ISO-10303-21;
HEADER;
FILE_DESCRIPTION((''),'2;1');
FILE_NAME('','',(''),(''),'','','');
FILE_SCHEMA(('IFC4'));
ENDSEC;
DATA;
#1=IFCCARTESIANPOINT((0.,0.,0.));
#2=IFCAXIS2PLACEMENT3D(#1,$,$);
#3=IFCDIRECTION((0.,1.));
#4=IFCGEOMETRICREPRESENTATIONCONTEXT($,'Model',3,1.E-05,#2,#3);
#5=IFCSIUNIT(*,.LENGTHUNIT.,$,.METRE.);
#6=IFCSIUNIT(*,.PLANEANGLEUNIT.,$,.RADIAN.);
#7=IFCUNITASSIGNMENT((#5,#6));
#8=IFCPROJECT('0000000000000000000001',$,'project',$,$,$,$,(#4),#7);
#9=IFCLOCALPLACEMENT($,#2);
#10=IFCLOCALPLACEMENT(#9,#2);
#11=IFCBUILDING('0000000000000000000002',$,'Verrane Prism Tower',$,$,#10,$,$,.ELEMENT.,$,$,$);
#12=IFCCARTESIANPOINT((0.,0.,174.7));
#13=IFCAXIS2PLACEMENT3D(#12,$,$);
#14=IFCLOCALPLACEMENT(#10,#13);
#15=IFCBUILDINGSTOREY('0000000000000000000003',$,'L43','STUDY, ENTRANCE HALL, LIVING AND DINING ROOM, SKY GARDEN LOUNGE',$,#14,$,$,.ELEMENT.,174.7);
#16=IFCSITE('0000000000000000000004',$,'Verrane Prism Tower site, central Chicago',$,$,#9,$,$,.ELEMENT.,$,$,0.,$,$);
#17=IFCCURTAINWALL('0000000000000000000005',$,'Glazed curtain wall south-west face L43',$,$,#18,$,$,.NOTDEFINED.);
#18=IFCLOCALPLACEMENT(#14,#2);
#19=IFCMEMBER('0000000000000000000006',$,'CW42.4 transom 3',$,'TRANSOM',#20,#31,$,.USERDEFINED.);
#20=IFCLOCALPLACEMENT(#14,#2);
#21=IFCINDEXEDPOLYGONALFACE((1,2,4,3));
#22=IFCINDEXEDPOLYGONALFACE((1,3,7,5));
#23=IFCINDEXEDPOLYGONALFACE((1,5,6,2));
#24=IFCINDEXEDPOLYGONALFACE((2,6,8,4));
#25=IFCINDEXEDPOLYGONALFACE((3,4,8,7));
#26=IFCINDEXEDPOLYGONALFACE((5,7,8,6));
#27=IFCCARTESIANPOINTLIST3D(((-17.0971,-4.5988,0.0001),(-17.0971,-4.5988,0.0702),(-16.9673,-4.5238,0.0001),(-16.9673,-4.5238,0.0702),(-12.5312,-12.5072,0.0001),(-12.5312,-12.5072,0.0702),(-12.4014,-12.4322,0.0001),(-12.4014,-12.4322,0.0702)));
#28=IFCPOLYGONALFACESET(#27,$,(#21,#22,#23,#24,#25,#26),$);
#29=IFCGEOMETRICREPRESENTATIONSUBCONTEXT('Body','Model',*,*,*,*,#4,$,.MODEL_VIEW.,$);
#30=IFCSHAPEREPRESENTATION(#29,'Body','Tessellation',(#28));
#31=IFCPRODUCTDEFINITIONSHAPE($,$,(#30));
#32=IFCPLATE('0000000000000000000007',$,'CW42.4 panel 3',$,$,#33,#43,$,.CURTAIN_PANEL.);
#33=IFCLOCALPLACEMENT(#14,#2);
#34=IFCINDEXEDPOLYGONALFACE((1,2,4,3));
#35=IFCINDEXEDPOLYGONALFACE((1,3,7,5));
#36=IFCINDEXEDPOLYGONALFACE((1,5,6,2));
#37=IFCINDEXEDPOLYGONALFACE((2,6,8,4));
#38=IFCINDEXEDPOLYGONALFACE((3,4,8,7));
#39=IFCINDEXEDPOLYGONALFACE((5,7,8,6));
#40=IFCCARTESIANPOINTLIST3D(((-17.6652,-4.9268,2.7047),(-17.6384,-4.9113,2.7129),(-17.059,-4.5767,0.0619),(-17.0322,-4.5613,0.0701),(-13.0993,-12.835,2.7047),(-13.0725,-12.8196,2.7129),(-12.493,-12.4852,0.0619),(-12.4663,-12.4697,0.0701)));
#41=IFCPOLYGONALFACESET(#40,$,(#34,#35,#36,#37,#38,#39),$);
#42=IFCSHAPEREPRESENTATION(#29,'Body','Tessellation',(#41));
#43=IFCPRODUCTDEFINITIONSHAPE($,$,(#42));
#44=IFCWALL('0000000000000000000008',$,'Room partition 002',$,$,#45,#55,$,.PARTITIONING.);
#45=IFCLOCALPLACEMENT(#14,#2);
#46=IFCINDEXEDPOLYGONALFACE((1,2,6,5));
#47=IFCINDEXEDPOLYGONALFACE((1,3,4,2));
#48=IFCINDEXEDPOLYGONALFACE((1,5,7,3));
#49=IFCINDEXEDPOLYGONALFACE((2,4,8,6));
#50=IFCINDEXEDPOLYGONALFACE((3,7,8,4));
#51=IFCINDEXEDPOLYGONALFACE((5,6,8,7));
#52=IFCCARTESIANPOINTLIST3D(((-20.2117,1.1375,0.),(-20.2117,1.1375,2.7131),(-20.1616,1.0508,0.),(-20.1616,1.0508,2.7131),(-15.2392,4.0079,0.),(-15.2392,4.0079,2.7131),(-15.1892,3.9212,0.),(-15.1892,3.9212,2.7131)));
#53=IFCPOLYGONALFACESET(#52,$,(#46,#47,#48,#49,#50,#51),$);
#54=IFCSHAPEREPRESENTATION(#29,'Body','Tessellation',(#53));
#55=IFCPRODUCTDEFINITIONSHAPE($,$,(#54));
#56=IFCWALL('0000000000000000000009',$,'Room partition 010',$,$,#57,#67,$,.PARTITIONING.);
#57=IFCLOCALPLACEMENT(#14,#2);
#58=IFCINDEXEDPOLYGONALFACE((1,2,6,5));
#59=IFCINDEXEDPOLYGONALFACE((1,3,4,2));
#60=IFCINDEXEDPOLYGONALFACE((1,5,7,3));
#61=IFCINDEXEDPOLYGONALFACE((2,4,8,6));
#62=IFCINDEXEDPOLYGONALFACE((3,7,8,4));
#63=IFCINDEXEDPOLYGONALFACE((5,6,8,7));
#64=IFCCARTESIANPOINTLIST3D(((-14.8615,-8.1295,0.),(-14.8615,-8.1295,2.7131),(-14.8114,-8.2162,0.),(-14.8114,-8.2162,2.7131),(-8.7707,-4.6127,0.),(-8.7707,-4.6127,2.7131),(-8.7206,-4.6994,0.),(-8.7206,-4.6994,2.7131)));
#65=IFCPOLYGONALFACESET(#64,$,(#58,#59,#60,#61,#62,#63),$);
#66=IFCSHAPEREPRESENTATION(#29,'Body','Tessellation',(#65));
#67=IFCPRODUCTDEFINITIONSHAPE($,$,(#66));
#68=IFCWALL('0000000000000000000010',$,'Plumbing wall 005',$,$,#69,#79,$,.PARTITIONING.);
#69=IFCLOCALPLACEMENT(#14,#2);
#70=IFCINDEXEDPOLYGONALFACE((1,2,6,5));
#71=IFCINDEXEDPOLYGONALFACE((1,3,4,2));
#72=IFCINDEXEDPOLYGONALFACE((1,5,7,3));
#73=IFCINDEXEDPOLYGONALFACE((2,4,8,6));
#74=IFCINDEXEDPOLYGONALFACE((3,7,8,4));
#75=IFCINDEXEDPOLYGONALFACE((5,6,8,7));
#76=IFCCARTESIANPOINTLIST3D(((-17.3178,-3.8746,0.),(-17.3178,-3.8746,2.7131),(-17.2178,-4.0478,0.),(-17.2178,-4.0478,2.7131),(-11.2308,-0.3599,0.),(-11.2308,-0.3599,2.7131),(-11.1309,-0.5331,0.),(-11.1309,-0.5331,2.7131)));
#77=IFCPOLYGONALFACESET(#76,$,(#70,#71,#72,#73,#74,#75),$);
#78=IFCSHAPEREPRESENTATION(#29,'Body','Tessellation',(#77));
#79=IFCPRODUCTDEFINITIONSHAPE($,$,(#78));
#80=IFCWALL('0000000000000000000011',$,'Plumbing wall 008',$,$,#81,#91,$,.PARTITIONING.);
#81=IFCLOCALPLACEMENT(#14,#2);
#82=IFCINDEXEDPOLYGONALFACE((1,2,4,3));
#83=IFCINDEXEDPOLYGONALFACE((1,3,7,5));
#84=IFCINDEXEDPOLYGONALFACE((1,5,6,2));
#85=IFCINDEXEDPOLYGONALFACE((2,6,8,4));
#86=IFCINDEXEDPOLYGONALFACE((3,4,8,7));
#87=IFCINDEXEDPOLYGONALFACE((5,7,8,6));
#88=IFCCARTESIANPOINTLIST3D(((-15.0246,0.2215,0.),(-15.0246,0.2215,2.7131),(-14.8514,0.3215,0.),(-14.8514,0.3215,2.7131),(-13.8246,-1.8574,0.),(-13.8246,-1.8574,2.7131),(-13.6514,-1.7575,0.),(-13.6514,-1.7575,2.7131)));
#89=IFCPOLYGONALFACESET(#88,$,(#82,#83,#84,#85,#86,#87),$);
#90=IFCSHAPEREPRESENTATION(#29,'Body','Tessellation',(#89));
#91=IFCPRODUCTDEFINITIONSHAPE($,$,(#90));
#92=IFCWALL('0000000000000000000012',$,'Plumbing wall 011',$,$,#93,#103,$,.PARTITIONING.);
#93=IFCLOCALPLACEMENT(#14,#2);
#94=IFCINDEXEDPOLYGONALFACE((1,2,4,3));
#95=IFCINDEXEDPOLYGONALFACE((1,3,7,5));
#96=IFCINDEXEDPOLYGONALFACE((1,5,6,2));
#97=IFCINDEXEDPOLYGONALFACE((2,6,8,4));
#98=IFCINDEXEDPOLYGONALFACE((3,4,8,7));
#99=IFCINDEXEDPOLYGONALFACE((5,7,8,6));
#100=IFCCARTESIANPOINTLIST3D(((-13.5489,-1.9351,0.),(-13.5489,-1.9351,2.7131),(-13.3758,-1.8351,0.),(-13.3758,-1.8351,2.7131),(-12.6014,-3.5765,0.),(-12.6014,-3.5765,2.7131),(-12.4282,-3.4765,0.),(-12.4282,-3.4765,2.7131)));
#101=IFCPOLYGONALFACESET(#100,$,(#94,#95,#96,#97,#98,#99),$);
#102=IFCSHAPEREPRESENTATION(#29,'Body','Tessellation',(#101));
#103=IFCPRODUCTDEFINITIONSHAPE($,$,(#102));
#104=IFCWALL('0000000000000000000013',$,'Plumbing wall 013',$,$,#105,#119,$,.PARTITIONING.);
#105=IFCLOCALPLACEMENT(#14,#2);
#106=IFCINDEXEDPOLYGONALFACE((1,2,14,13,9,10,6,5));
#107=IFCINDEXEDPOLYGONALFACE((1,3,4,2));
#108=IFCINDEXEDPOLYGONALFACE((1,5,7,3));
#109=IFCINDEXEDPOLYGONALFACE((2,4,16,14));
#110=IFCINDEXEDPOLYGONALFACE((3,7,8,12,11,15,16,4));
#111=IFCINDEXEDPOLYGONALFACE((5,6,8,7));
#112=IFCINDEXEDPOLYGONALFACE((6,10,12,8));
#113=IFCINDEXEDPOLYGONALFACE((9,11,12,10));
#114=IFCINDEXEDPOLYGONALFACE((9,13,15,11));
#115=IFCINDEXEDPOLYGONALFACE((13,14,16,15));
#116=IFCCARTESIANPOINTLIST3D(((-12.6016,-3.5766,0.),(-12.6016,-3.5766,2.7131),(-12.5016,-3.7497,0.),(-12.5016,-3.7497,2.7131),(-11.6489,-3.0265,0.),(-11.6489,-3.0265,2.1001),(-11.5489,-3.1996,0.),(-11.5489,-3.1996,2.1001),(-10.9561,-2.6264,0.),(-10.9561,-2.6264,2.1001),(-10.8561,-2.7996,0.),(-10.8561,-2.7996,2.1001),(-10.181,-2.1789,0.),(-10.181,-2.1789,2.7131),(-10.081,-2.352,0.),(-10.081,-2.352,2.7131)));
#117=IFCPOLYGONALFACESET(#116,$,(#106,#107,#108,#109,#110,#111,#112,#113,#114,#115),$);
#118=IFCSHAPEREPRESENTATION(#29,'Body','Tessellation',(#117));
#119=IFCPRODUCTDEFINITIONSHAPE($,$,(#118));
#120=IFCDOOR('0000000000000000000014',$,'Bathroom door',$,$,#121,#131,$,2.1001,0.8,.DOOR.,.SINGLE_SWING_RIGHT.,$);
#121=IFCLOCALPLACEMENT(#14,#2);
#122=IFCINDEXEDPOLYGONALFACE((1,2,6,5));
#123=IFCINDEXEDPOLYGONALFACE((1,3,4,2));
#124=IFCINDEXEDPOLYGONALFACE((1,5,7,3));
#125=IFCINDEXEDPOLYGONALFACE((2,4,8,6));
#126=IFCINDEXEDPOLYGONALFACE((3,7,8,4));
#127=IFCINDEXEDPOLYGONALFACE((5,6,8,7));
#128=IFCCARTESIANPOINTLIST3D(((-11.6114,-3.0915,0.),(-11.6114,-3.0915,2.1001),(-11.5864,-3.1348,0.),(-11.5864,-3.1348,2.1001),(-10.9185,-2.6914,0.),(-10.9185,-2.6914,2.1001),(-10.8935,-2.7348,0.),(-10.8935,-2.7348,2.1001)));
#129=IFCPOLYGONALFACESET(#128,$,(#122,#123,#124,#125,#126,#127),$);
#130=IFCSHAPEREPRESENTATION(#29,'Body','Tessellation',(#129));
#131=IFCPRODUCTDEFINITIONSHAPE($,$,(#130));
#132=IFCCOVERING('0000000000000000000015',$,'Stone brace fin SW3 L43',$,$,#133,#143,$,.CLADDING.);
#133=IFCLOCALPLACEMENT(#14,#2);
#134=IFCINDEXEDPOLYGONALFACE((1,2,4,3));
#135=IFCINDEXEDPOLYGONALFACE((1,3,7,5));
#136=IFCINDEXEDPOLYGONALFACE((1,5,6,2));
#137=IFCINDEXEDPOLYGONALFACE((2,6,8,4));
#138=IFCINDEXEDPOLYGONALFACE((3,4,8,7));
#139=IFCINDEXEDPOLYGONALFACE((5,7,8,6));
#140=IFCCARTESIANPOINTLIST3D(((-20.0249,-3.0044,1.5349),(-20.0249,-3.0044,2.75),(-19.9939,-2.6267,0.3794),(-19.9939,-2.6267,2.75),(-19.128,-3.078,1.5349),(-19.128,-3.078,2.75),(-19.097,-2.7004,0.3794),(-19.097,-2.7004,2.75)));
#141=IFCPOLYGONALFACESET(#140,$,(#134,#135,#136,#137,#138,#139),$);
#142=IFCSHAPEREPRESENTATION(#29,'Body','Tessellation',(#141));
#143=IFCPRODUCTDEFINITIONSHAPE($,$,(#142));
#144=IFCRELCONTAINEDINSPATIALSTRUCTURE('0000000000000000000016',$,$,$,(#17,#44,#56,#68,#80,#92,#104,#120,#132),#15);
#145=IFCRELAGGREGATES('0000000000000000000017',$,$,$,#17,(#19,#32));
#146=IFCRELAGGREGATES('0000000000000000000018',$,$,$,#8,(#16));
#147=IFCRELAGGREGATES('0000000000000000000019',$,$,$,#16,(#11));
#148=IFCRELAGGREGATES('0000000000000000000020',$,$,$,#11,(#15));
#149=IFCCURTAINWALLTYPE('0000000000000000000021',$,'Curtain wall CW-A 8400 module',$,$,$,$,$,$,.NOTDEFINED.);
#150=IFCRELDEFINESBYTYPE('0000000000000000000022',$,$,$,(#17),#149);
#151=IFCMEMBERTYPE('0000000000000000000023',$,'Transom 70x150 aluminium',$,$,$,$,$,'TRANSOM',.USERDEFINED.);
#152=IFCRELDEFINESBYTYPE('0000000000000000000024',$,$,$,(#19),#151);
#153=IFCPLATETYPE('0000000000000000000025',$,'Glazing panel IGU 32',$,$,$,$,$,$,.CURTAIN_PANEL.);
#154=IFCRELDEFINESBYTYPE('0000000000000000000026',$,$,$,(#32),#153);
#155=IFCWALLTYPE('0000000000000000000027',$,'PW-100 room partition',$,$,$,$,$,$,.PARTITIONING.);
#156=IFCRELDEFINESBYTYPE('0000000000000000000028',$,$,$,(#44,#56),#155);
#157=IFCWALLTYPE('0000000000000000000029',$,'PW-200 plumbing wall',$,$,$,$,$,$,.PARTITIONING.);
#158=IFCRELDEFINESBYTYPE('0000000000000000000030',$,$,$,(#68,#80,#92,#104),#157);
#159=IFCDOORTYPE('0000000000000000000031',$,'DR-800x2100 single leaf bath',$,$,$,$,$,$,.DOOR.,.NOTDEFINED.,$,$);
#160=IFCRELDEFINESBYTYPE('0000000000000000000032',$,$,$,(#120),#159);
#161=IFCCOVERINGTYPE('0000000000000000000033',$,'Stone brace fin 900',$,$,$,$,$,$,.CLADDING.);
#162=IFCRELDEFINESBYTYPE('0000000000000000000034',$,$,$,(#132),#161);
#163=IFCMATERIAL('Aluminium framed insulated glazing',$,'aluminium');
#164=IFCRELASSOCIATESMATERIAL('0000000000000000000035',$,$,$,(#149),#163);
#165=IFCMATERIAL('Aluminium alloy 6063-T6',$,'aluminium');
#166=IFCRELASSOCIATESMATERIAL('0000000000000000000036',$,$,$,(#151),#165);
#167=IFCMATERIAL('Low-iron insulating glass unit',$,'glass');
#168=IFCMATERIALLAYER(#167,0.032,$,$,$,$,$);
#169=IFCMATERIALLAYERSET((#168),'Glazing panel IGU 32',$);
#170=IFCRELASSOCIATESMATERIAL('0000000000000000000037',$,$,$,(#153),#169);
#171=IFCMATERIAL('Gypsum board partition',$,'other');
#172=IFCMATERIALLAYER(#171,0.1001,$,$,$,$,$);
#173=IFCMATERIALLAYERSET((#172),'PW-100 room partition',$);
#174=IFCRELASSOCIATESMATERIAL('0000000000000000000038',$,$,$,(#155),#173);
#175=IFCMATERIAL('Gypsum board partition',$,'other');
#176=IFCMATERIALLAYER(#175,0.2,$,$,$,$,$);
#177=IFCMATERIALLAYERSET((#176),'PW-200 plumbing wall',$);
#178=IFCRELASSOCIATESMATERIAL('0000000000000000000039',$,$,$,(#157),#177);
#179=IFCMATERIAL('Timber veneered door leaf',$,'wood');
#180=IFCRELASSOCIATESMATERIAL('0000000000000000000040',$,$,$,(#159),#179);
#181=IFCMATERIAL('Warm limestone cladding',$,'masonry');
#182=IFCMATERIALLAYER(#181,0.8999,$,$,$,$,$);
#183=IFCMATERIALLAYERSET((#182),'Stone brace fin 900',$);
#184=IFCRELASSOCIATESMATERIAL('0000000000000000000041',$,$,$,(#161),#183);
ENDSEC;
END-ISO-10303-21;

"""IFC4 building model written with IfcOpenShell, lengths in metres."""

from ifc_helpers import new_model, si_unit, direction, frame, frame_2d, origin, origin_2d, place, context, subcontext, project, spatial, polyline, rectangle, outline, extrude, material, layer, layer_set, material_profile, profile_set, type_object, element, fill, aggregate, save


model = new_model("IFC4")

# Units and contexts
model_context = context("Model", 3, precision=1e-05, world=origin(), true_north=direction((0.0, 1.0)))
body_context = subcontext(model_context, "Body", "Model", "MODEL_VIEW")
ifc_project = project(units=[si_unit("LENGTHUNIT", "METRE"), si_unit("PLANEANGLEUNIT", "RADIAN")], contexts=[model_context])

# Site, building, storey
site_placement = place(None, origin())
site = spatial("IfcSite", under=ifc_project, at=site_placement, Name="Verrane Prism Tower site, central Chicago", CompositionType="ELEMENT", RefElevation=0.0)
building_placement = place(site_placement, origin())
building = spatial("IfcBuilding", under=site, at=building_placement, Name="Verrane Prism Tower", CompositionType="ELEMENT")
storey_placement = place(building_placement, frame((0.0, 0.0, 174.7)))
storey = spatial("IfcBuildingStorey", under=building, at=storey_placement, Name="L43", Description="STUDY, ENTRANCE HALL, LIVING AND DINING ROOM, SKY GARDEN LOUNGE", CompositionType="ELEMENT", Elevation=174.7)

# Curtain wall
ifc_material_1 = material(Name="Aluminium framed insulated glazing", Category="aluminium")
curtain_wall_type = type_object("IfcCurtainWallType", Name="Curtain wall CW-A 8400 module", PredefinedType="NOTDEFINED", material=ifc_material_1)
curtain_wall_placement = place(storey_placement, origin())
curtain_wall = element("IfcCurtainWall", 1, at=curtain_wall_placement, inside=storey, type_object=curtain_wall_type, Name="Glazed curtain wall south-west face L43", PredefinedType="NOTDEFINED")

# Member
ifc_material_2 = material(Name="Aluminium alloy 6063-T6", Category="aluminium")
ifc_material_profile_1 = material_profile(ifc_material_2, rectangle(XDim=0.1499, YDim=0.0701, at=origin_2d()), Name="Transom 70x150 aluminium")
ifc_profile_set_1 = profile_set([ifc_material_profile_1], Name="Aluminium alloy 6063-T6")
member_type_1 = type_object("IfcMemberType", Name="Transom 70x150 aluminium", ElementType="TRANSOM", PredefinedType="USERDEFINED", material=ifc_profile_set_1)
member_1_placement = place(storey_placement, frame((-17.0322, -4.5613, 0.0352), z_axis=(0.499998, -0.866027, 0.0), x_axis=(0.866027, 0.499998, 0.0)))
member_1 = element("IfcMember", 2, at=member_1_placement, type_object=member_type_1, Name="CW42.4 transom 3", ObjectType="TRANSOM", PredefinedType="USERDEFINED", context=body_context, shape_type="SweptSolid", body=[
    extrude(rectangle(XDim=0.1499, YDim=0.0701, at=origin_2d()), origin(), (0.0, 0.0, 1.0), 9.1318),
])

# Plate
ifc_material_3 = material(Name="Low-iron insulating glass unit", Category="glass")
ifc_layer_1 = layer(ifc_material_3, 0.032)
ifc_layer_set_1 = layer_set([ifc_layer_1], Name="Glazing panel IGU 32")
plate_type = type_object("IfcPlateType", Name="Glazing panel IGU 32", PredefinedType="CURTAIN_PANEL", material=ifc_layer_set_1)
plate_placement = place(storey_placement, frame((-17.0322, -4.5613, 0.0701), z_axis=(0.837158, 0.483338, 0.25603), x_axis=(0.500003, -0.866024, 0.000002)))
plate = element("IfcPlate", 3, at=plate_placement, type_object=plate_type, Name="CW42.4 panel 3", PredefinedType="CURTAIN_PANEL", context=body_context, shape_type="SweptSolid", body=[
    extrude(outline(polyline([(0.0, 0.0), (9.1319, 0.0), (9.1318, -2.7339), (0.0001, -2.734), (0.0, 0.0)])), origin(), (0.0, 0.0, -1.0), 0.032),
])
aggregate(curtain_wall, [member_1, plate])

# Walls
ifc_material_4 = material(Name="Gypsum board partition", Category="other")
ifc_layer_2 = layer(ifc_material_4, 0.1001)
ifc_layer_set_2 = layer_set([ifc_layer_2], Name="PW-100 room partition")
wall_type_1 = type_object("IfcWallType", Name="PW-100 room partition", PredefinedType="PARTITIONING", material=ifc_layer_set_2)
wall_1_placement = place(storey_placement, frame((-20.1865, 1.0942, 0.0), z_axis=(0.0, 0.0, 1.0), x_axis=(0.86606, 0.49994, 0.0)))
element("IfcWall", 4, at=wall_1_placement, inside=storey, type_object=wall_type_1, Name="Room partition 002", PredefinedType="PARTITIONING", context=body_context, shape_type="SweptSolid", body=[
    extrude(rectangle(XDim=5.7415, YDim=0.1001, at=frame_2d((2.8706, 0.0))), origin(), (0.0, 0.0, 1.0), 2.7131),
])
wall_2_placement = place(storey_placement, frame((-14.8364, -8.1729, 0.0), z_axis=(0.0, 0.0, 1.0), x_axis=(0.866006, 0.500033, 0.0)))
element("IfcWall", 5, at=wall_2_placement, inside=storey, type_object=wall_type_1, Name="Room partition 010", PredefinedType="PARTITIONING", context=body_context, shape_type="SweptSolid", body=[
    extrude(rectangle(XDim=7.0332, YDim=0.1001, at=frame_2d((3.5166, 0.0))), origin(), (0.0, 0.0, 1.0), 2.7131),
])
ifc_material_5 = material(Name="Gypsum board partition", Category="other")
ifc_layer_3 = layer(ifc_material_5, 0.2)
ifc_layer_set_3 = layer_set([ifc_layer_3], Name="PW-200 plumbing wall")
wall_type_2 = type_object("IfcWallType", Name="PW-200 plumbing wall", PredefinedType="PARTITIONING", material=ifc_layer_set_3)
wall_3_placement = place(storey_placement, frame((-17.2678, -3.9612, 0.0), z_axis=(0.0, 0.0, 1.0), x_axis=(0.866003, 0.500039, 0.0)))
element("IfcWall", 6, at=wall_3_placement, inside=storey, type_object=wall_type_2, Name="Plumbing wall 005", PredefinedType="PARTITIONING", context=body_context, shape_type="SweptSolid", body=[
    extrude(rectangle(XDim=7.0288, YDim=0.2, at=frame_2d((3.5144, 0.0))), origin(), (0.0, 0.0, 1.0), 2.7131),
])
wall_4_placement = place(storey_placement, frame((-14.938, 0.2715, 0.0), z_axis=(0.0, 0.0, 1.0), x_axis=(0.499913, -0.866075, 0.0)))
element("IfcWall", 7, at=wall_4_placement, inside=storey, type_object=wall_type_2, Name="Plumbing wall 008", PredefinedType="PARTITIONING", context=body_context, shape_type="SweptSolid", body=[
    extrude(rectangle(XDim=2.4004, YDim=0.2, at=frame_2d((1.2002, 0.0))), origin(), (0.0, 0.0, 1.0), 2.7131),
])
wall_5_placement = place(storey_placement, frame((-13.4624, -1.885, 0.0), z_axis=(0.0, 0.0, 1.0), x_axis=(0.499949, -0.866055, 0.0)))
element("IfcWall", 8, at=wall_5_placement, inside=storey, type_object=wall_type_2, Name="Plumbing wall 011", PredefinedType="PARTITIONING", context=body_context, shape_type="SweptSolid", body=[
    extrude(rectangle(XDim=1.8953, YDim=0.2, at=frame_2d((0.9478, 0.0))), origin(), (0.0, 0.0, 1.0), 2.7131),
])

# Wall, opening, door
wall_6_placement = place(storey_placement, frame((-12.5515, -3.6631, 0.0), z_axis=(0.0, 0.0, 1.0), x_axis=(0.866004, 0.500037, 0.0)))
wall_6 = element("IfcWall", 9, at=wall_6_placement, inside=storey, type_object=wall_type_2, Name="Plumbing wall 013", PredefinedType="PARTITIONING", context=body_context, shape_type="SweptSolid", body=[
    extrude(rectangle(XDim=2.7952, YDim=0.2, at=frame_2d((1.3975, 0.0))), origin(), (0.0, 0.0, 1.0), 2.7131),
])
opening_placement = place(wall_6_placement, frame((1.1001, 0.0, 0.0)))
opening = element("IfcOpeningElement", 10, at=opening_placement, cuts=wall_6, PredefinedType="OPENING", context=body_context, shape_type="SweptSolid", body=[
    extrude(rectangle(XDim=0.8, YDim=2.1001, at=frame_2d((0.3999, 1.05))), frame((0.0, 0.1099, 0.0), z_axis=(0.0, -1.0, 0.0), x_axis=(1.0, 0.0, 0.0)), (0.0, 0.0, 1.0), 0.22),
])
ifc_material_6 = material(Name="Timber veneered door leaf", Category="wood")
door_type = type_object("IfcDoorType", Name="DR-800x2100 single leaf bath", OperationType="NOTDEFINED", PredefinedType="DOOR", material=ifc_material_6)
door_placement = place(opening_placement, origin())
door = element("IfcDoor", 11, at=door_placement, inside=storey, type_object=door_type, Name="Bathroom door", OperationType="SINGLE_SWING_RIGHT", OverallHeight=2.1001, OverallWidth=0.8, PredefinedType="DOOR", context=body_context, shape_type="SweptSolid", body=[
    extrude(rectangle(XDim=0.8, YDim=2.1001, at=frame_2d((0.3999, 1.05))), frame((0.0, 0.0249, 0.0), z_axis=(0.0, -1.0, 0.0), x_axis=(1.0, 0.0, 0.0)), (0.0, 0.0, 1.0), 0.05),
])
fill(opening, door)

# Covering
ifc_material_7 = material(Name="Warm limestone cladding", Category="masonry")
ifc_layer_4 = layer(ifc_material_7, 0.8999)
ifc_layer_set_4 = layer_set([ifc_layer_4], Name="Stone brace fin 900")
covering_type = type_object("IfcCoveringType", Name="Stone brace fin 900", PredefinedType="CLADDING", material=ifc_layer_set_4)
covering_placement = place(storey_placement, frame((-19.5454, -2.6636, 0.3794), z_axis=(0.0, 0.0, 1.0), x_axis=(-0.081872, -0.996643, 0.0)))
element("IfcCovering", 12, at=covering_placement, inside=storey, type_object=covering_type, Name="Stone brace fin SW3 L43", PredefinedType="CLADDING", context=body_context, shape_type="SweptSolid", body=[
    extrude(outline(polyline([(0.3789, 2.3706), (0.0, 2.3706), (0.0, 0.0), (0.3789, 1.1555), (0.3789, 2.3706)])), frame((0.0, 0.45, 0.0), z_axis=(0.0, -1.0, 0.0), x_axis=(1.0, 0.0, 0.0)), (0.0, 0.0, 1.0), 0.8999),
])

save(model, "model.ifc")
